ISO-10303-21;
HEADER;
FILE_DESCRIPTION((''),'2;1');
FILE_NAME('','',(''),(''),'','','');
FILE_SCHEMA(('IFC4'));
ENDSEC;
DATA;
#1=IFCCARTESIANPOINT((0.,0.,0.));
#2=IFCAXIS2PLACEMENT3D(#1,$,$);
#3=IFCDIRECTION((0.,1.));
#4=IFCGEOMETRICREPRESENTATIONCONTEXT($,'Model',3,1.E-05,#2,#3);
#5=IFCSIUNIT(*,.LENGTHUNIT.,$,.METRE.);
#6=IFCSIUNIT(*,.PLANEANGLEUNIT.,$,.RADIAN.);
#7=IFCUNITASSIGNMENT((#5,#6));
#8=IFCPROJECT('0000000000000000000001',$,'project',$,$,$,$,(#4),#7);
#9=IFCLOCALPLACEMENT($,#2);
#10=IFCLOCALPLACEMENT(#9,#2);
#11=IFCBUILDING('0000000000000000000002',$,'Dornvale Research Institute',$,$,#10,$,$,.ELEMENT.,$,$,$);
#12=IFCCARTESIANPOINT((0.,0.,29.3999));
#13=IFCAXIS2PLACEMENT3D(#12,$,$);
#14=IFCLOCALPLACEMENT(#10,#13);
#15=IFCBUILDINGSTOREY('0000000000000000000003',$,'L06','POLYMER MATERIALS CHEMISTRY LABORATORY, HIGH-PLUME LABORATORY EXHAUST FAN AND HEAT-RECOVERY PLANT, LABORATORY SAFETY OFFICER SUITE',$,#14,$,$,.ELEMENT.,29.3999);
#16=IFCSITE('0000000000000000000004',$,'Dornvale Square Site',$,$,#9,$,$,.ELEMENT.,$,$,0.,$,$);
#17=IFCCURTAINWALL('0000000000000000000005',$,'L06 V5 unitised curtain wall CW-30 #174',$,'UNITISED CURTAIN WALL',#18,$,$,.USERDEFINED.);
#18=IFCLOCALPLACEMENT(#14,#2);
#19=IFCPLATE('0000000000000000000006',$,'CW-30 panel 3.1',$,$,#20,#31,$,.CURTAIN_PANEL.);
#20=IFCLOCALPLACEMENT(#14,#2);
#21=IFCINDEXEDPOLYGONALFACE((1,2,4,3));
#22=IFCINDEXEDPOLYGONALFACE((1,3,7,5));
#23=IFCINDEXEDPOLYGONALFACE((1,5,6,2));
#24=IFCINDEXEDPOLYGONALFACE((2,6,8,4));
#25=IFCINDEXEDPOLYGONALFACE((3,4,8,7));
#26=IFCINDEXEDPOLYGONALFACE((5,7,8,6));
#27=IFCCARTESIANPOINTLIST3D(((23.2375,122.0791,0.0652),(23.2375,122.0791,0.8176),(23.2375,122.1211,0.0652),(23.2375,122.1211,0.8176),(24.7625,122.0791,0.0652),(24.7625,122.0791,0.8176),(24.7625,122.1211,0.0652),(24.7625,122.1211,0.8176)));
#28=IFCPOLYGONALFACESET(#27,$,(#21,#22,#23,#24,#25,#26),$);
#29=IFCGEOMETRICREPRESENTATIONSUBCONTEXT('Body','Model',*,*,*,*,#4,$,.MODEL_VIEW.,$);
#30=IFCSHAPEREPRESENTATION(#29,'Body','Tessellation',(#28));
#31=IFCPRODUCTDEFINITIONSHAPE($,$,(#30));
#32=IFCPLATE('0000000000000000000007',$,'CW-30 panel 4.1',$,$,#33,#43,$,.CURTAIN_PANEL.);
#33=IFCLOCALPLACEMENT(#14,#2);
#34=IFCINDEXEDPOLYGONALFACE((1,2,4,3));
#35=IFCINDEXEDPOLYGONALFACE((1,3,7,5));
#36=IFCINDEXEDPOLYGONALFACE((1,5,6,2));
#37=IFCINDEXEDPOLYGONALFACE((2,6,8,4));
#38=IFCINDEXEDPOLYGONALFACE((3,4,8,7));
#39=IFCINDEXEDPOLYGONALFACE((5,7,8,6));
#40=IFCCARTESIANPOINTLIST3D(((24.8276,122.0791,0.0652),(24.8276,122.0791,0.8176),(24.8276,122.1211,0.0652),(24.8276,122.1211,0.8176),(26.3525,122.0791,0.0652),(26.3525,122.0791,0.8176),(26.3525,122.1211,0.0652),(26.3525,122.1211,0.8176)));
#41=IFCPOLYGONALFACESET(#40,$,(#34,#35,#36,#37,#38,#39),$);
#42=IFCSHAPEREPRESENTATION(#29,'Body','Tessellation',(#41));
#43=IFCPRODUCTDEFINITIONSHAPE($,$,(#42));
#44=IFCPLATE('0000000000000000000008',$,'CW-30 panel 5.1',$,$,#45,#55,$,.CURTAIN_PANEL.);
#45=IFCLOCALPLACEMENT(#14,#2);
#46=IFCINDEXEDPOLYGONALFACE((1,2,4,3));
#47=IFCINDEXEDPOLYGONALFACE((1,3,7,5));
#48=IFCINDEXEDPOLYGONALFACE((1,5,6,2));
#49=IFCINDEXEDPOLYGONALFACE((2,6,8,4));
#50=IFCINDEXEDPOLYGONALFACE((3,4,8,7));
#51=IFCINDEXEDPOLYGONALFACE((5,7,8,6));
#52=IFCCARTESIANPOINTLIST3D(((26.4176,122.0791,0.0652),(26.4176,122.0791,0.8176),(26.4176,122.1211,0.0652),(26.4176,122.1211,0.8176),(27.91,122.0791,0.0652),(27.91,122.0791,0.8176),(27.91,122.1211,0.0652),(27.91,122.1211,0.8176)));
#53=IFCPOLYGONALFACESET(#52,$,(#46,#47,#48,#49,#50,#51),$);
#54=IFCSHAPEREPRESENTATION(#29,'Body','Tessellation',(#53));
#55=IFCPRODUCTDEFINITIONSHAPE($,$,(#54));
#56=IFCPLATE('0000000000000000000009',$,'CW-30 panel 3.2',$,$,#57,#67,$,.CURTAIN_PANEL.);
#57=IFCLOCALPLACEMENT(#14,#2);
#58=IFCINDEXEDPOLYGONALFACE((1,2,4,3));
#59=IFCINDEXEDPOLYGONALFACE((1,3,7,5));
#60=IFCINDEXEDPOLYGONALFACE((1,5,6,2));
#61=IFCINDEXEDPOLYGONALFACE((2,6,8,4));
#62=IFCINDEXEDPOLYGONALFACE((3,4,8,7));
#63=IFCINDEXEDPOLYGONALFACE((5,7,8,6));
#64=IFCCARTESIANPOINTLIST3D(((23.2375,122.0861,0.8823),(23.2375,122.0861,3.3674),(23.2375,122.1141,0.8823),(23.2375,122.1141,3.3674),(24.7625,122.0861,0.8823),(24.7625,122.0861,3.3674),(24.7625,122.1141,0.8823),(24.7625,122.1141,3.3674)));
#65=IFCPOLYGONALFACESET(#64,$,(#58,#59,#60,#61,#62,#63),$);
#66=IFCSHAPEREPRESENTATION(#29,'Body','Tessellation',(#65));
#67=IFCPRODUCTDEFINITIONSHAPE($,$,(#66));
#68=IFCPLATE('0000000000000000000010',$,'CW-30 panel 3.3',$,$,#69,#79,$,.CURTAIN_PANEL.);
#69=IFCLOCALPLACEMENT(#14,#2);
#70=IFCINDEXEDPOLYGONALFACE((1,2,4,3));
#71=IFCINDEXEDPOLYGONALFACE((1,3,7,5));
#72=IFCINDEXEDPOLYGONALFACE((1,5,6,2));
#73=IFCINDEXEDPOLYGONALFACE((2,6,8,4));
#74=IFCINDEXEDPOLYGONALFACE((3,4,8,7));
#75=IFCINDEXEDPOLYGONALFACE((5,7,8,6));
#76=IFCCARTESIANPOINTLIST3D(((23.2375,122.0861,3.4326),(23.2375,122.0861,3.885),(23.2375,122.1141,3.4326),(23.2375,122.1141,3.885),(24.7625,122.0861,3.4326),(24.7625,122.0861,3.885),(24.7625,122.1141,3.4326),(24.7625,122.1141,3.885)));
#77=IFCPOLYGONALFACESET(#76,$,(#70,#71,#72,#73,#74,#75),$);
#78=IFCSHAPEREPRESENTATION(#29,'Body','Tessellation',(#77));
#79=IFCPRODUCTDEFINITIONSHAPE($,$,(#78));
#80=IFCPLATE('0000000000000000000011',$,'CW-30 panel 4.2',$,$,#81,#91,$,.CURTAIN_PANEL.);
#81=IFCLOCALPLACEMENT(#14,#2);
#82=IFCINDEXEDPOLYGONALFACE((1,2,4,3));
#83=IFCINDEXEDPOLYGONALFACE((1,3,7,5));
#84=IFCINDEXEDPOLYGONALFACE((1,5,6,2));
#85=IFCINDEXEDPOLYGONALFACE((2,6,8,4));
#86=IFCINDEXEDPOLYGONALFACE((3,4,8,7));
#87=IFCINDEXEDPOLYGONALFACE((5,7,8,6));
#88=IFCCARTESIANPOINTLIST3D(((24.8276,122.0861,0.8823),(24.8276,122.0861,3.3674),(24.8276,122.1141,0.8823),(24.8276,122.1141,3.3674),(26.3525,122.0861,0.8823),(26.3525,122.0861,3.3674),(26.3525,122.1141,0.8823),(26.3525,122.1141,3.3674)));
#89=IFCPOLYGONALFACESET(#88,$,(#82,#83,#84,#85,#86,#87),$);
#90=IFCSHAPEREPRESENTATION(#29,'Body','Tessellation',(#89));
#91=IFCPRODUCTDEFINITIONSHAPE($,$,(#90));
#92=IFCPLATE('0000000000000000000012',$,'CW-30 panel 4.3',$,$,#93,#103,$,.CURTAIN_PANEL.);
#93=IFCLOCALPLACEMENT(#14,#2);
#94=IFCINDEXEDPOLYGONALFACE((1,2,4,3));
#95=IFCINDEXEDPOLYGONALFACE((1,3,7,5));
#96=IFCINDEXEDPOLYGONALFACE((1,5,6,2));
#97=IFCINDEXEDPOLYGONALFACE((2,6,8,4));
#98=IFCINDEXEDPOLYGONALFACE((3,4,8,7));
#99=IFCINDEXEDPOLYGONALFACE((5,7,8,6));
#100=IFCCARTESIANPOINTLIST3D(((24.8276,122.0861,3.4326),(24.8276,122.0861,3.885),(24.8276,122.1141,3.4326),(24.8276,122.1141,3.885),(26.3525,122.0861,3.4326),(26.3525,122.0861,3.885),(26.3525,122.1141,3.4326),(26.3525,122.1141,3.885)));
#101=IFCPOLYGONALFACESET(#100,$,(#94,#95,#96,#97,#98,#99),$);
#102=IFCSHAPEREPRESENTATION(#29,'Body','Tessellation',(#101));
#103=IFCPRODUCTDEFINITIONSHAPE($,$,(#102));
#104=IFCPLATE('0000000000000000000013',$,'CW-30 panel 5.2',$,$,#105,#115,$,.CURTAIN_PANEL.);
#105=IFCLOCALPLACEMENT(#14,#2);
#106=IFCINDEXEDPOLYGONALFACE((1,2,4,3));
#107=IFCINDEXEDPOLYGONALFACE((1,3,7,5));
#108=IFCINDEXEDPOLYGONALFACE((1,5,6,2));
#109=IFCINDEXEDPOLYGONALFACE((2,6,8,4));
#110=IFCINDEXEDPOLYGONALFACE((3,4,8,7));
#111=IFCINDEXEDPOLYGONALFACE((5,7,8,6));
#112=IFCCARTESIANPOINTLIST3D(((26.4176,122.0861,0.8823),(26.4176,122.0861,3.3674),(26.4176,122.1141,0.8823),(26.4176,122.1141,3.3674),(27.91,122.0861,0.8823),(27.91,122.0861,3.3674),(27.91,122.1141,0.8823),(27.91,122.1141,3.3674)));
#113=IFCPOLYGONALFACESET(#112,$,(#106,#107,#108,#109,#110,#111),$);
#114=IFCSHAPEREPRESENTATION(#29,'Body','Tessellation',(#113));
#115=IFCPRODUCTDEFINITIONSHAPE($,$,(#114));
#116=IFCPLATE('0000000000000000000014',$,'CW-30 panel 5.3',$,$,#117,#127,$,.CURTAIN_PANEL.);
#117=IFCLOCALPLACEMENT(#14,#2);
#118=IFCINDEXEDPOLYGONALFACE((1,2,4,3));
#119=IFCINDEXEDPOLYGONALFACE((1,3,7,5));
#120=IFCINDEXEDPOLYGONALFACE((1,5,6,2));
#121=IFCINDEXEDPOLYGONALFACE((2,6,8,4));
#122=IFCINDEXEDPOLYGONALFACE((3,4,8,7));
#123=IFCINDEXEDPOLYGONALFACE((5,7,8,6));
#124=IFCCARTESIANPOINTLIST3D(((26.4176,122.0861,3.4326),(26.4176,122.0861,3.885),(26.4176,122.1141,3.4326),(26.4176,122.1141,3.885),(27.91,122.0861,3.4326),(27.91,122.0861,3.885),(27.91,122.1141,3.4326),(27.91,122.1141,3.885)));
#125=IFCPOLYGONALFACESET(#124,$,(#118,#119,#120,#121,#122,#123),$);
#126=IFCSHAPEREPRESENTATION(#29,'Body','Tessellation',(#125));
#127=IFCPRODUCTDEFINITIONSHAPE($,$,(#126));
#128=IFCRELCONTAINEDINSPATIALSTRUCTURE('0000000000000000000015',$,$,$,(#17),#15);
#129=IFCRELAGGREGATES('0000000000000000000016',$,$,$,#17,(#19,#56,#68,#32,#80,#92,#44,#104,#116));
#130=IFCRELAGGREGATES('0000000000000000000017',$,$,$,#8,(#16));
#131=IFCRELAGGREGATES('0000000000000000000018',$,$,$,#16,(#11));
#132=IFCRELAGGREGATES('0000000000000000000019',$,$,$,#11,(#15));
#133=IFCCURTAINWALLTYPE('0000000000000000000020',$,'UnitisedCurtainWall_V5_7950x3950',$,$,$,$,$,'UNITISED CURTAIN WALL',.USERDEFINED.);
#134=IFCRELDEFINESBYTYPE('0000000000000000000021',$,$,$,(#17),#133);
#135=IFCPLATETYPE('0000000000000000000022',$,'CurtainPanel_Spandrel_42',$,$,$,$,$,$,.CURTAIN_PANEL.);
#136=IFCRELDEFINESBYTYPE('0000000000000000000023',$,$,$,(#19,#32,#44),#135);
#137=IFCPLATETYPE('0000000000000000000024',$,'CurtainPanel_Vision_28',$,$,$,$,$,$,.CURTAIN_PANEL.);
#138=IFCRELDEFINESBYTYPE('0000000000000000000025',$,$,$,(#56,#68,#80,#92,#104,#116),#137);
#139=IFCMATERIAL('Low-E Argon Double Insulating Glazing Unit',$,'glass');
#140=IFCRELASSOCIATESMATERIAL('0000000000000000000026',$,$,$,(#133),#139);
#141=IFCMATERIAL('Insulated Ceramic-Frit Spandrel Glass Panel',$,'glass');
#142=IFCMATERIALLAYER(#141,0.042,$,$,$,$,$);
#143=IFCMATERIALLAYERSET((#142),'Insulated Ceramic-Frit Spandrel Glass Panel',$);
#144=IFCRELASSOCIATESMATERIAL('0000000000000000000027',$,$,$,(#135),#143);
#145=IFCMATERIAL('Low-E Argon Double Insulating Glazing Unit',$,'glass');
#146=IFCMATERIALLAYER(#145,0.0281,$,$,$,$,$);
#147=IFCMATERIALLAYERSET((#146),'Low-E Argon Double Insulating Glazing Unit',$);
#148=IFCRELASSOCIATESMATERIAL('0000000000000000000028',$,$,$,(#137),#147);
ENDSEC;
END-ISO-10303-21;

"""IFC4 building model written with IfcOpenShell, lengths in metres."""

from ifc_helpers import new_model, si_unit, direction, frame, origin, origin_2d, place, context, subcontext, project, spatial, rectangle, extrude, material, layer, layer_set, type_object, element, aggregate, save


model = new_model("IFC4")

# Units and contexts
model_context = context("Model", 3, precision=1e-05, world=origin(), true_north=direction((0.0, 1.0)))
body_context = subcontext(model_context, "Body", "Model", "MODEL_VIEW")
ifc_project = project(units=[si_unit("LENGTHUNIT", "METRE"), si_unit("PLANEANGLEUNIT", "RADIAN")], contexts=[model_context])

# Site, building, storey
site_placement = place(None, origin())
site = spatial("IfcSite", under=ifc_project, at=site_placement, Name="Dornvale Square Site", CompositionType="ELEMENT", RefElevation=0.0)
building_placement = place(site_placement, origin())
building = spatial("IfcBuilding", under=site, at=building_placement, Name="Dornvale Research Institute", CompositionType="ELEMENT")
storey_placement = place(building_placement, frame((0.0, 0.0, 29.3999)))
storey = spatial("IfcBuildingStorey", under=building, at=storey_placement, Name="L06", Description="POLYMER MATERIALS CHEMISTRY LABORATORY, HIGH-PLUME LABORATORY EXHAUST FAN AND HEAT-RECOVERY PLANT, LABORATORY SAFETY OFFICER SUITE", CompositionType="ELEMENT", Elevation=29.3999)

# Curtain wall, plates
ifc_material_1 = material(Name="Low-E Argon Double Insulating Glazing Unit", Category="glass")
curtain_wall_type = type_object("IfcCurtainWallType", Name="UnitisedCurtainWall_V5_7950x3950", ElementType="UNITISED CURTAIN WALL", PredefinedType="USERDEFINED", material=ifc_material_1)
curtain_wall_placement = place(storey_placement, origin())
curtain_wall = element("IfcCurtainWall", 1, at=curtain_wall_placement, inside=storey, type_object=curtain_wall_type, Name="L06 V5 unitised curtain wall CW-30 #174", ObjectType="UNITISED CURTAIN WALL", PredefinedType="USERDEFINED")
ifc_material_2 = material(Name="Insulated Ceramic-Frit Spandrel Glass Panel", Category="glass")
ifc_layer_1 = layer(ifc_material_2, 0.042)
ifc_layer_set_1 = layer_set([ifc_layer_1], Name="Insulated Ceramic-Frit Spandrel Glass Panel")
plate_type_1 = type_object("IfcPlateType", Name="CurtainPanel_Spandrel_42", PredefinedType="CURTAIN_PANEL", material=ifc_layer_set_1)
plate_1_placement = place(storey_placement, frame((24.0, 122.1001, 0.0652), z_axis=(0.0, 0.0, 1.0), x_axis=(1.0, 0.0, 0.0)))
plate_1 = element("IfcPlate", 2, at=plate_1_placement, type_object=plate_type_1, Name="CW-30 panel 3.1", PredefinedType="CURTAIN_PANEL", context=body_context, shape_type="SweptSolid", body=[
    extrude(rectangle(XDim=1.5249, YDim=0.042, at=origin_2d()), origin(), (0.0, 0.0, 1.0), 0.7524),
])
plate_2_placement = place(storey_placement, frame((25.5901, 122.1001, 0.0652), z_axis=(0.0, 0.0, 1.0), x_axis=(1.0, 0.0, 0.0)))
plate_2 = element("IfcPlate", 3, at=plate_2_placement, type_object=plate_type_1, Name="CW-30 panel 4.1", PredefinedType="CURTAIN_PANEL", context=body_context, shape_type="SweptSolid", body=[
    extrude(rectangle(XDim=1.5249, YDim=0.042, at=origin_2d()), origin(), (0.0, 0.0, 1.0), 0.7524),
])
plate_3_placement = place(storey_placement, frame((27.1638, 122.1001, 0.0652), z_axis=(0.0, 0.0, 1.0), x_axis=(1.0, 0.0, 0.0)))
plate_3 = element("IfcPlate", 4, at=plate_3_placement, type_object=plate_type_1, Name="CW-30 panel 5.1", PredefinedType="CURTAIN_PANEL", context=body_context, shape_type="SweptSolid", body=[
    extrude(rectangle(XDim=1.4924, YDim=0.042, at=origin_2d()), origin(), (0.0, 0.0, 1.0), 0.7524),
])
ifc_material_3 = material(Name="Low-E Argon Double Insulating Glazing Unit", Category="glass")
ifc_layer_2 = layer(ifc_material_3, 0.0281)
ifc_layer_set_2 = layer_set([ifc_layer_2], Name="Low-E Argon Double Insulating Glazing Unit")
plate_type_2 = type_object("IfcPlateType", Name="CurtainPanel_Vision_28", PredefinedType="CURTAIN_PANEL", material=ifc_layer_set_2)
plate_4_placement = place(storey_placement, frame((24.0, 122.1001, 0.8823), z_axis=(0.0, 0.0, 1.0), x_axis=(1.0, 0.0, 0.0)))
plate_4 = element("IfcPlate", 5, at=plate_4_placement, type_object=plate_type_2, Name="CW-30 panel 3.2", PredefinedType="CURTAIN_PANEL", context=body_context, shape_type="SweptSolid", body=[
    extrude(rectangle(XDim=1.5249, YDim=0.0281, at=origin_2d()), origin(), (0.0, 0.0, 1.0), 2.4851),
])
plate_5_placement = place(storey_placement, frame((24.0, 122.1001, 3.4326), z_axis=(0.0, 0.0, 1.0), x_axis=(1.0, 0.0, 0.0)))
plate_5 = element("IfcPlate", 6, at=plate_5_placement, type_object=plate_type_2, Name="CW-30 panel 3.3", PredefinedType="CURTAIN_PANEL", context=body_context, shape_type="SweptSolid", body=[
    extrude(rectangle(XDim=1.5249, YDim=0.0281, at=origin_2d()), origin(), (0.0, 0.0, 1.0), 0.4524),
])
plate_6_placement = place(storey_placement, frame((25.5901, 122.1001, 0.8823), z_axis=(0.0, 0.0, 1.0), x_axis=(1.0, 0.0, 0.0)))
plate_6 = element("IfcPlate", 7, at=plate_6_placement, type_object=plate_type_2, Name="CW-30 panel 4.2", PredefinedType="CURTAIN_PANEL", context=body_context, shape_type="SweptSolid", body=[
    extrude(rectangle(XDim=1.5249, YDim=0.0281, at=origin_2d()), origin(), (0.0, 0.0, 1.0), 2.4851),
])
plate_7_placement = place(storey_placement, frame((25.5901, 122.1001, 3.4326), z_axis=(0.0, 0.0, 1.0), x_axis=(1.0, 0.0, 0.0)))
plate_7 = element("IfcPlate", 8, at=plate_7_placement, type_object=plate_type_2, Name="CW-30 panel 4.3", PredefinedType="CURTAIN_PANEL", context=body_context, shape_type="SweptSolid", body=[
    extrude(rectangle(XDim=1.5249, YDim=0.0281, at=origin_2d()), origin(), (0.0, 0.0, 1.0), 0.4524),
])
plate_8_placement = place(storey_placement, frame((27.1638, 122.1001, 0.8823), z_axis=(0.0, 0.0, 1.0), x_axis=(1.0, 0.0, 0.0)))
plate_8 = element("IfcPlate", 9, at=plate_8_placement, type_object=plate_type_2, Name="CW-30 panel 5.2", PredefinedType="CURTAIN_PANEL", context=body_context, shape_type="SweptSolid", body=[
    extrude(rectangle(XDim=1.4924, YDim=0.0281, at=origin_2d()), origin(), (0.0, 0.0, 1.0), 2.4851),
])
plate_9_placement = place(storey_placement, frame((27.1638, 122.1001, 3.4326), z_axis=(0.0, 0.0, 1.0), x_axis=(1.0, 0.0, 0.0)))
plate_9 = element("IfcPlate", 10, at=plate_9_placement, type_object=plate_type_2, Name="CW-30 panel 5.3", PredefinedType="CURTAIN_PANEL", context=body_context, shape_type="SweptSolid", body=[
    extrude(rectangle(XDim=1.4924, YDim=0.0281, at=origin_2d()), origin(), (0.0, 0.0, 1.0), 0.4524),
])
aggregate(curtain_wall, [plate_1, plate_4, plate_5, plate_2, plate_6, plate_7, plate_3, plate_8, plate_9])

save(model, "model.ifc")
